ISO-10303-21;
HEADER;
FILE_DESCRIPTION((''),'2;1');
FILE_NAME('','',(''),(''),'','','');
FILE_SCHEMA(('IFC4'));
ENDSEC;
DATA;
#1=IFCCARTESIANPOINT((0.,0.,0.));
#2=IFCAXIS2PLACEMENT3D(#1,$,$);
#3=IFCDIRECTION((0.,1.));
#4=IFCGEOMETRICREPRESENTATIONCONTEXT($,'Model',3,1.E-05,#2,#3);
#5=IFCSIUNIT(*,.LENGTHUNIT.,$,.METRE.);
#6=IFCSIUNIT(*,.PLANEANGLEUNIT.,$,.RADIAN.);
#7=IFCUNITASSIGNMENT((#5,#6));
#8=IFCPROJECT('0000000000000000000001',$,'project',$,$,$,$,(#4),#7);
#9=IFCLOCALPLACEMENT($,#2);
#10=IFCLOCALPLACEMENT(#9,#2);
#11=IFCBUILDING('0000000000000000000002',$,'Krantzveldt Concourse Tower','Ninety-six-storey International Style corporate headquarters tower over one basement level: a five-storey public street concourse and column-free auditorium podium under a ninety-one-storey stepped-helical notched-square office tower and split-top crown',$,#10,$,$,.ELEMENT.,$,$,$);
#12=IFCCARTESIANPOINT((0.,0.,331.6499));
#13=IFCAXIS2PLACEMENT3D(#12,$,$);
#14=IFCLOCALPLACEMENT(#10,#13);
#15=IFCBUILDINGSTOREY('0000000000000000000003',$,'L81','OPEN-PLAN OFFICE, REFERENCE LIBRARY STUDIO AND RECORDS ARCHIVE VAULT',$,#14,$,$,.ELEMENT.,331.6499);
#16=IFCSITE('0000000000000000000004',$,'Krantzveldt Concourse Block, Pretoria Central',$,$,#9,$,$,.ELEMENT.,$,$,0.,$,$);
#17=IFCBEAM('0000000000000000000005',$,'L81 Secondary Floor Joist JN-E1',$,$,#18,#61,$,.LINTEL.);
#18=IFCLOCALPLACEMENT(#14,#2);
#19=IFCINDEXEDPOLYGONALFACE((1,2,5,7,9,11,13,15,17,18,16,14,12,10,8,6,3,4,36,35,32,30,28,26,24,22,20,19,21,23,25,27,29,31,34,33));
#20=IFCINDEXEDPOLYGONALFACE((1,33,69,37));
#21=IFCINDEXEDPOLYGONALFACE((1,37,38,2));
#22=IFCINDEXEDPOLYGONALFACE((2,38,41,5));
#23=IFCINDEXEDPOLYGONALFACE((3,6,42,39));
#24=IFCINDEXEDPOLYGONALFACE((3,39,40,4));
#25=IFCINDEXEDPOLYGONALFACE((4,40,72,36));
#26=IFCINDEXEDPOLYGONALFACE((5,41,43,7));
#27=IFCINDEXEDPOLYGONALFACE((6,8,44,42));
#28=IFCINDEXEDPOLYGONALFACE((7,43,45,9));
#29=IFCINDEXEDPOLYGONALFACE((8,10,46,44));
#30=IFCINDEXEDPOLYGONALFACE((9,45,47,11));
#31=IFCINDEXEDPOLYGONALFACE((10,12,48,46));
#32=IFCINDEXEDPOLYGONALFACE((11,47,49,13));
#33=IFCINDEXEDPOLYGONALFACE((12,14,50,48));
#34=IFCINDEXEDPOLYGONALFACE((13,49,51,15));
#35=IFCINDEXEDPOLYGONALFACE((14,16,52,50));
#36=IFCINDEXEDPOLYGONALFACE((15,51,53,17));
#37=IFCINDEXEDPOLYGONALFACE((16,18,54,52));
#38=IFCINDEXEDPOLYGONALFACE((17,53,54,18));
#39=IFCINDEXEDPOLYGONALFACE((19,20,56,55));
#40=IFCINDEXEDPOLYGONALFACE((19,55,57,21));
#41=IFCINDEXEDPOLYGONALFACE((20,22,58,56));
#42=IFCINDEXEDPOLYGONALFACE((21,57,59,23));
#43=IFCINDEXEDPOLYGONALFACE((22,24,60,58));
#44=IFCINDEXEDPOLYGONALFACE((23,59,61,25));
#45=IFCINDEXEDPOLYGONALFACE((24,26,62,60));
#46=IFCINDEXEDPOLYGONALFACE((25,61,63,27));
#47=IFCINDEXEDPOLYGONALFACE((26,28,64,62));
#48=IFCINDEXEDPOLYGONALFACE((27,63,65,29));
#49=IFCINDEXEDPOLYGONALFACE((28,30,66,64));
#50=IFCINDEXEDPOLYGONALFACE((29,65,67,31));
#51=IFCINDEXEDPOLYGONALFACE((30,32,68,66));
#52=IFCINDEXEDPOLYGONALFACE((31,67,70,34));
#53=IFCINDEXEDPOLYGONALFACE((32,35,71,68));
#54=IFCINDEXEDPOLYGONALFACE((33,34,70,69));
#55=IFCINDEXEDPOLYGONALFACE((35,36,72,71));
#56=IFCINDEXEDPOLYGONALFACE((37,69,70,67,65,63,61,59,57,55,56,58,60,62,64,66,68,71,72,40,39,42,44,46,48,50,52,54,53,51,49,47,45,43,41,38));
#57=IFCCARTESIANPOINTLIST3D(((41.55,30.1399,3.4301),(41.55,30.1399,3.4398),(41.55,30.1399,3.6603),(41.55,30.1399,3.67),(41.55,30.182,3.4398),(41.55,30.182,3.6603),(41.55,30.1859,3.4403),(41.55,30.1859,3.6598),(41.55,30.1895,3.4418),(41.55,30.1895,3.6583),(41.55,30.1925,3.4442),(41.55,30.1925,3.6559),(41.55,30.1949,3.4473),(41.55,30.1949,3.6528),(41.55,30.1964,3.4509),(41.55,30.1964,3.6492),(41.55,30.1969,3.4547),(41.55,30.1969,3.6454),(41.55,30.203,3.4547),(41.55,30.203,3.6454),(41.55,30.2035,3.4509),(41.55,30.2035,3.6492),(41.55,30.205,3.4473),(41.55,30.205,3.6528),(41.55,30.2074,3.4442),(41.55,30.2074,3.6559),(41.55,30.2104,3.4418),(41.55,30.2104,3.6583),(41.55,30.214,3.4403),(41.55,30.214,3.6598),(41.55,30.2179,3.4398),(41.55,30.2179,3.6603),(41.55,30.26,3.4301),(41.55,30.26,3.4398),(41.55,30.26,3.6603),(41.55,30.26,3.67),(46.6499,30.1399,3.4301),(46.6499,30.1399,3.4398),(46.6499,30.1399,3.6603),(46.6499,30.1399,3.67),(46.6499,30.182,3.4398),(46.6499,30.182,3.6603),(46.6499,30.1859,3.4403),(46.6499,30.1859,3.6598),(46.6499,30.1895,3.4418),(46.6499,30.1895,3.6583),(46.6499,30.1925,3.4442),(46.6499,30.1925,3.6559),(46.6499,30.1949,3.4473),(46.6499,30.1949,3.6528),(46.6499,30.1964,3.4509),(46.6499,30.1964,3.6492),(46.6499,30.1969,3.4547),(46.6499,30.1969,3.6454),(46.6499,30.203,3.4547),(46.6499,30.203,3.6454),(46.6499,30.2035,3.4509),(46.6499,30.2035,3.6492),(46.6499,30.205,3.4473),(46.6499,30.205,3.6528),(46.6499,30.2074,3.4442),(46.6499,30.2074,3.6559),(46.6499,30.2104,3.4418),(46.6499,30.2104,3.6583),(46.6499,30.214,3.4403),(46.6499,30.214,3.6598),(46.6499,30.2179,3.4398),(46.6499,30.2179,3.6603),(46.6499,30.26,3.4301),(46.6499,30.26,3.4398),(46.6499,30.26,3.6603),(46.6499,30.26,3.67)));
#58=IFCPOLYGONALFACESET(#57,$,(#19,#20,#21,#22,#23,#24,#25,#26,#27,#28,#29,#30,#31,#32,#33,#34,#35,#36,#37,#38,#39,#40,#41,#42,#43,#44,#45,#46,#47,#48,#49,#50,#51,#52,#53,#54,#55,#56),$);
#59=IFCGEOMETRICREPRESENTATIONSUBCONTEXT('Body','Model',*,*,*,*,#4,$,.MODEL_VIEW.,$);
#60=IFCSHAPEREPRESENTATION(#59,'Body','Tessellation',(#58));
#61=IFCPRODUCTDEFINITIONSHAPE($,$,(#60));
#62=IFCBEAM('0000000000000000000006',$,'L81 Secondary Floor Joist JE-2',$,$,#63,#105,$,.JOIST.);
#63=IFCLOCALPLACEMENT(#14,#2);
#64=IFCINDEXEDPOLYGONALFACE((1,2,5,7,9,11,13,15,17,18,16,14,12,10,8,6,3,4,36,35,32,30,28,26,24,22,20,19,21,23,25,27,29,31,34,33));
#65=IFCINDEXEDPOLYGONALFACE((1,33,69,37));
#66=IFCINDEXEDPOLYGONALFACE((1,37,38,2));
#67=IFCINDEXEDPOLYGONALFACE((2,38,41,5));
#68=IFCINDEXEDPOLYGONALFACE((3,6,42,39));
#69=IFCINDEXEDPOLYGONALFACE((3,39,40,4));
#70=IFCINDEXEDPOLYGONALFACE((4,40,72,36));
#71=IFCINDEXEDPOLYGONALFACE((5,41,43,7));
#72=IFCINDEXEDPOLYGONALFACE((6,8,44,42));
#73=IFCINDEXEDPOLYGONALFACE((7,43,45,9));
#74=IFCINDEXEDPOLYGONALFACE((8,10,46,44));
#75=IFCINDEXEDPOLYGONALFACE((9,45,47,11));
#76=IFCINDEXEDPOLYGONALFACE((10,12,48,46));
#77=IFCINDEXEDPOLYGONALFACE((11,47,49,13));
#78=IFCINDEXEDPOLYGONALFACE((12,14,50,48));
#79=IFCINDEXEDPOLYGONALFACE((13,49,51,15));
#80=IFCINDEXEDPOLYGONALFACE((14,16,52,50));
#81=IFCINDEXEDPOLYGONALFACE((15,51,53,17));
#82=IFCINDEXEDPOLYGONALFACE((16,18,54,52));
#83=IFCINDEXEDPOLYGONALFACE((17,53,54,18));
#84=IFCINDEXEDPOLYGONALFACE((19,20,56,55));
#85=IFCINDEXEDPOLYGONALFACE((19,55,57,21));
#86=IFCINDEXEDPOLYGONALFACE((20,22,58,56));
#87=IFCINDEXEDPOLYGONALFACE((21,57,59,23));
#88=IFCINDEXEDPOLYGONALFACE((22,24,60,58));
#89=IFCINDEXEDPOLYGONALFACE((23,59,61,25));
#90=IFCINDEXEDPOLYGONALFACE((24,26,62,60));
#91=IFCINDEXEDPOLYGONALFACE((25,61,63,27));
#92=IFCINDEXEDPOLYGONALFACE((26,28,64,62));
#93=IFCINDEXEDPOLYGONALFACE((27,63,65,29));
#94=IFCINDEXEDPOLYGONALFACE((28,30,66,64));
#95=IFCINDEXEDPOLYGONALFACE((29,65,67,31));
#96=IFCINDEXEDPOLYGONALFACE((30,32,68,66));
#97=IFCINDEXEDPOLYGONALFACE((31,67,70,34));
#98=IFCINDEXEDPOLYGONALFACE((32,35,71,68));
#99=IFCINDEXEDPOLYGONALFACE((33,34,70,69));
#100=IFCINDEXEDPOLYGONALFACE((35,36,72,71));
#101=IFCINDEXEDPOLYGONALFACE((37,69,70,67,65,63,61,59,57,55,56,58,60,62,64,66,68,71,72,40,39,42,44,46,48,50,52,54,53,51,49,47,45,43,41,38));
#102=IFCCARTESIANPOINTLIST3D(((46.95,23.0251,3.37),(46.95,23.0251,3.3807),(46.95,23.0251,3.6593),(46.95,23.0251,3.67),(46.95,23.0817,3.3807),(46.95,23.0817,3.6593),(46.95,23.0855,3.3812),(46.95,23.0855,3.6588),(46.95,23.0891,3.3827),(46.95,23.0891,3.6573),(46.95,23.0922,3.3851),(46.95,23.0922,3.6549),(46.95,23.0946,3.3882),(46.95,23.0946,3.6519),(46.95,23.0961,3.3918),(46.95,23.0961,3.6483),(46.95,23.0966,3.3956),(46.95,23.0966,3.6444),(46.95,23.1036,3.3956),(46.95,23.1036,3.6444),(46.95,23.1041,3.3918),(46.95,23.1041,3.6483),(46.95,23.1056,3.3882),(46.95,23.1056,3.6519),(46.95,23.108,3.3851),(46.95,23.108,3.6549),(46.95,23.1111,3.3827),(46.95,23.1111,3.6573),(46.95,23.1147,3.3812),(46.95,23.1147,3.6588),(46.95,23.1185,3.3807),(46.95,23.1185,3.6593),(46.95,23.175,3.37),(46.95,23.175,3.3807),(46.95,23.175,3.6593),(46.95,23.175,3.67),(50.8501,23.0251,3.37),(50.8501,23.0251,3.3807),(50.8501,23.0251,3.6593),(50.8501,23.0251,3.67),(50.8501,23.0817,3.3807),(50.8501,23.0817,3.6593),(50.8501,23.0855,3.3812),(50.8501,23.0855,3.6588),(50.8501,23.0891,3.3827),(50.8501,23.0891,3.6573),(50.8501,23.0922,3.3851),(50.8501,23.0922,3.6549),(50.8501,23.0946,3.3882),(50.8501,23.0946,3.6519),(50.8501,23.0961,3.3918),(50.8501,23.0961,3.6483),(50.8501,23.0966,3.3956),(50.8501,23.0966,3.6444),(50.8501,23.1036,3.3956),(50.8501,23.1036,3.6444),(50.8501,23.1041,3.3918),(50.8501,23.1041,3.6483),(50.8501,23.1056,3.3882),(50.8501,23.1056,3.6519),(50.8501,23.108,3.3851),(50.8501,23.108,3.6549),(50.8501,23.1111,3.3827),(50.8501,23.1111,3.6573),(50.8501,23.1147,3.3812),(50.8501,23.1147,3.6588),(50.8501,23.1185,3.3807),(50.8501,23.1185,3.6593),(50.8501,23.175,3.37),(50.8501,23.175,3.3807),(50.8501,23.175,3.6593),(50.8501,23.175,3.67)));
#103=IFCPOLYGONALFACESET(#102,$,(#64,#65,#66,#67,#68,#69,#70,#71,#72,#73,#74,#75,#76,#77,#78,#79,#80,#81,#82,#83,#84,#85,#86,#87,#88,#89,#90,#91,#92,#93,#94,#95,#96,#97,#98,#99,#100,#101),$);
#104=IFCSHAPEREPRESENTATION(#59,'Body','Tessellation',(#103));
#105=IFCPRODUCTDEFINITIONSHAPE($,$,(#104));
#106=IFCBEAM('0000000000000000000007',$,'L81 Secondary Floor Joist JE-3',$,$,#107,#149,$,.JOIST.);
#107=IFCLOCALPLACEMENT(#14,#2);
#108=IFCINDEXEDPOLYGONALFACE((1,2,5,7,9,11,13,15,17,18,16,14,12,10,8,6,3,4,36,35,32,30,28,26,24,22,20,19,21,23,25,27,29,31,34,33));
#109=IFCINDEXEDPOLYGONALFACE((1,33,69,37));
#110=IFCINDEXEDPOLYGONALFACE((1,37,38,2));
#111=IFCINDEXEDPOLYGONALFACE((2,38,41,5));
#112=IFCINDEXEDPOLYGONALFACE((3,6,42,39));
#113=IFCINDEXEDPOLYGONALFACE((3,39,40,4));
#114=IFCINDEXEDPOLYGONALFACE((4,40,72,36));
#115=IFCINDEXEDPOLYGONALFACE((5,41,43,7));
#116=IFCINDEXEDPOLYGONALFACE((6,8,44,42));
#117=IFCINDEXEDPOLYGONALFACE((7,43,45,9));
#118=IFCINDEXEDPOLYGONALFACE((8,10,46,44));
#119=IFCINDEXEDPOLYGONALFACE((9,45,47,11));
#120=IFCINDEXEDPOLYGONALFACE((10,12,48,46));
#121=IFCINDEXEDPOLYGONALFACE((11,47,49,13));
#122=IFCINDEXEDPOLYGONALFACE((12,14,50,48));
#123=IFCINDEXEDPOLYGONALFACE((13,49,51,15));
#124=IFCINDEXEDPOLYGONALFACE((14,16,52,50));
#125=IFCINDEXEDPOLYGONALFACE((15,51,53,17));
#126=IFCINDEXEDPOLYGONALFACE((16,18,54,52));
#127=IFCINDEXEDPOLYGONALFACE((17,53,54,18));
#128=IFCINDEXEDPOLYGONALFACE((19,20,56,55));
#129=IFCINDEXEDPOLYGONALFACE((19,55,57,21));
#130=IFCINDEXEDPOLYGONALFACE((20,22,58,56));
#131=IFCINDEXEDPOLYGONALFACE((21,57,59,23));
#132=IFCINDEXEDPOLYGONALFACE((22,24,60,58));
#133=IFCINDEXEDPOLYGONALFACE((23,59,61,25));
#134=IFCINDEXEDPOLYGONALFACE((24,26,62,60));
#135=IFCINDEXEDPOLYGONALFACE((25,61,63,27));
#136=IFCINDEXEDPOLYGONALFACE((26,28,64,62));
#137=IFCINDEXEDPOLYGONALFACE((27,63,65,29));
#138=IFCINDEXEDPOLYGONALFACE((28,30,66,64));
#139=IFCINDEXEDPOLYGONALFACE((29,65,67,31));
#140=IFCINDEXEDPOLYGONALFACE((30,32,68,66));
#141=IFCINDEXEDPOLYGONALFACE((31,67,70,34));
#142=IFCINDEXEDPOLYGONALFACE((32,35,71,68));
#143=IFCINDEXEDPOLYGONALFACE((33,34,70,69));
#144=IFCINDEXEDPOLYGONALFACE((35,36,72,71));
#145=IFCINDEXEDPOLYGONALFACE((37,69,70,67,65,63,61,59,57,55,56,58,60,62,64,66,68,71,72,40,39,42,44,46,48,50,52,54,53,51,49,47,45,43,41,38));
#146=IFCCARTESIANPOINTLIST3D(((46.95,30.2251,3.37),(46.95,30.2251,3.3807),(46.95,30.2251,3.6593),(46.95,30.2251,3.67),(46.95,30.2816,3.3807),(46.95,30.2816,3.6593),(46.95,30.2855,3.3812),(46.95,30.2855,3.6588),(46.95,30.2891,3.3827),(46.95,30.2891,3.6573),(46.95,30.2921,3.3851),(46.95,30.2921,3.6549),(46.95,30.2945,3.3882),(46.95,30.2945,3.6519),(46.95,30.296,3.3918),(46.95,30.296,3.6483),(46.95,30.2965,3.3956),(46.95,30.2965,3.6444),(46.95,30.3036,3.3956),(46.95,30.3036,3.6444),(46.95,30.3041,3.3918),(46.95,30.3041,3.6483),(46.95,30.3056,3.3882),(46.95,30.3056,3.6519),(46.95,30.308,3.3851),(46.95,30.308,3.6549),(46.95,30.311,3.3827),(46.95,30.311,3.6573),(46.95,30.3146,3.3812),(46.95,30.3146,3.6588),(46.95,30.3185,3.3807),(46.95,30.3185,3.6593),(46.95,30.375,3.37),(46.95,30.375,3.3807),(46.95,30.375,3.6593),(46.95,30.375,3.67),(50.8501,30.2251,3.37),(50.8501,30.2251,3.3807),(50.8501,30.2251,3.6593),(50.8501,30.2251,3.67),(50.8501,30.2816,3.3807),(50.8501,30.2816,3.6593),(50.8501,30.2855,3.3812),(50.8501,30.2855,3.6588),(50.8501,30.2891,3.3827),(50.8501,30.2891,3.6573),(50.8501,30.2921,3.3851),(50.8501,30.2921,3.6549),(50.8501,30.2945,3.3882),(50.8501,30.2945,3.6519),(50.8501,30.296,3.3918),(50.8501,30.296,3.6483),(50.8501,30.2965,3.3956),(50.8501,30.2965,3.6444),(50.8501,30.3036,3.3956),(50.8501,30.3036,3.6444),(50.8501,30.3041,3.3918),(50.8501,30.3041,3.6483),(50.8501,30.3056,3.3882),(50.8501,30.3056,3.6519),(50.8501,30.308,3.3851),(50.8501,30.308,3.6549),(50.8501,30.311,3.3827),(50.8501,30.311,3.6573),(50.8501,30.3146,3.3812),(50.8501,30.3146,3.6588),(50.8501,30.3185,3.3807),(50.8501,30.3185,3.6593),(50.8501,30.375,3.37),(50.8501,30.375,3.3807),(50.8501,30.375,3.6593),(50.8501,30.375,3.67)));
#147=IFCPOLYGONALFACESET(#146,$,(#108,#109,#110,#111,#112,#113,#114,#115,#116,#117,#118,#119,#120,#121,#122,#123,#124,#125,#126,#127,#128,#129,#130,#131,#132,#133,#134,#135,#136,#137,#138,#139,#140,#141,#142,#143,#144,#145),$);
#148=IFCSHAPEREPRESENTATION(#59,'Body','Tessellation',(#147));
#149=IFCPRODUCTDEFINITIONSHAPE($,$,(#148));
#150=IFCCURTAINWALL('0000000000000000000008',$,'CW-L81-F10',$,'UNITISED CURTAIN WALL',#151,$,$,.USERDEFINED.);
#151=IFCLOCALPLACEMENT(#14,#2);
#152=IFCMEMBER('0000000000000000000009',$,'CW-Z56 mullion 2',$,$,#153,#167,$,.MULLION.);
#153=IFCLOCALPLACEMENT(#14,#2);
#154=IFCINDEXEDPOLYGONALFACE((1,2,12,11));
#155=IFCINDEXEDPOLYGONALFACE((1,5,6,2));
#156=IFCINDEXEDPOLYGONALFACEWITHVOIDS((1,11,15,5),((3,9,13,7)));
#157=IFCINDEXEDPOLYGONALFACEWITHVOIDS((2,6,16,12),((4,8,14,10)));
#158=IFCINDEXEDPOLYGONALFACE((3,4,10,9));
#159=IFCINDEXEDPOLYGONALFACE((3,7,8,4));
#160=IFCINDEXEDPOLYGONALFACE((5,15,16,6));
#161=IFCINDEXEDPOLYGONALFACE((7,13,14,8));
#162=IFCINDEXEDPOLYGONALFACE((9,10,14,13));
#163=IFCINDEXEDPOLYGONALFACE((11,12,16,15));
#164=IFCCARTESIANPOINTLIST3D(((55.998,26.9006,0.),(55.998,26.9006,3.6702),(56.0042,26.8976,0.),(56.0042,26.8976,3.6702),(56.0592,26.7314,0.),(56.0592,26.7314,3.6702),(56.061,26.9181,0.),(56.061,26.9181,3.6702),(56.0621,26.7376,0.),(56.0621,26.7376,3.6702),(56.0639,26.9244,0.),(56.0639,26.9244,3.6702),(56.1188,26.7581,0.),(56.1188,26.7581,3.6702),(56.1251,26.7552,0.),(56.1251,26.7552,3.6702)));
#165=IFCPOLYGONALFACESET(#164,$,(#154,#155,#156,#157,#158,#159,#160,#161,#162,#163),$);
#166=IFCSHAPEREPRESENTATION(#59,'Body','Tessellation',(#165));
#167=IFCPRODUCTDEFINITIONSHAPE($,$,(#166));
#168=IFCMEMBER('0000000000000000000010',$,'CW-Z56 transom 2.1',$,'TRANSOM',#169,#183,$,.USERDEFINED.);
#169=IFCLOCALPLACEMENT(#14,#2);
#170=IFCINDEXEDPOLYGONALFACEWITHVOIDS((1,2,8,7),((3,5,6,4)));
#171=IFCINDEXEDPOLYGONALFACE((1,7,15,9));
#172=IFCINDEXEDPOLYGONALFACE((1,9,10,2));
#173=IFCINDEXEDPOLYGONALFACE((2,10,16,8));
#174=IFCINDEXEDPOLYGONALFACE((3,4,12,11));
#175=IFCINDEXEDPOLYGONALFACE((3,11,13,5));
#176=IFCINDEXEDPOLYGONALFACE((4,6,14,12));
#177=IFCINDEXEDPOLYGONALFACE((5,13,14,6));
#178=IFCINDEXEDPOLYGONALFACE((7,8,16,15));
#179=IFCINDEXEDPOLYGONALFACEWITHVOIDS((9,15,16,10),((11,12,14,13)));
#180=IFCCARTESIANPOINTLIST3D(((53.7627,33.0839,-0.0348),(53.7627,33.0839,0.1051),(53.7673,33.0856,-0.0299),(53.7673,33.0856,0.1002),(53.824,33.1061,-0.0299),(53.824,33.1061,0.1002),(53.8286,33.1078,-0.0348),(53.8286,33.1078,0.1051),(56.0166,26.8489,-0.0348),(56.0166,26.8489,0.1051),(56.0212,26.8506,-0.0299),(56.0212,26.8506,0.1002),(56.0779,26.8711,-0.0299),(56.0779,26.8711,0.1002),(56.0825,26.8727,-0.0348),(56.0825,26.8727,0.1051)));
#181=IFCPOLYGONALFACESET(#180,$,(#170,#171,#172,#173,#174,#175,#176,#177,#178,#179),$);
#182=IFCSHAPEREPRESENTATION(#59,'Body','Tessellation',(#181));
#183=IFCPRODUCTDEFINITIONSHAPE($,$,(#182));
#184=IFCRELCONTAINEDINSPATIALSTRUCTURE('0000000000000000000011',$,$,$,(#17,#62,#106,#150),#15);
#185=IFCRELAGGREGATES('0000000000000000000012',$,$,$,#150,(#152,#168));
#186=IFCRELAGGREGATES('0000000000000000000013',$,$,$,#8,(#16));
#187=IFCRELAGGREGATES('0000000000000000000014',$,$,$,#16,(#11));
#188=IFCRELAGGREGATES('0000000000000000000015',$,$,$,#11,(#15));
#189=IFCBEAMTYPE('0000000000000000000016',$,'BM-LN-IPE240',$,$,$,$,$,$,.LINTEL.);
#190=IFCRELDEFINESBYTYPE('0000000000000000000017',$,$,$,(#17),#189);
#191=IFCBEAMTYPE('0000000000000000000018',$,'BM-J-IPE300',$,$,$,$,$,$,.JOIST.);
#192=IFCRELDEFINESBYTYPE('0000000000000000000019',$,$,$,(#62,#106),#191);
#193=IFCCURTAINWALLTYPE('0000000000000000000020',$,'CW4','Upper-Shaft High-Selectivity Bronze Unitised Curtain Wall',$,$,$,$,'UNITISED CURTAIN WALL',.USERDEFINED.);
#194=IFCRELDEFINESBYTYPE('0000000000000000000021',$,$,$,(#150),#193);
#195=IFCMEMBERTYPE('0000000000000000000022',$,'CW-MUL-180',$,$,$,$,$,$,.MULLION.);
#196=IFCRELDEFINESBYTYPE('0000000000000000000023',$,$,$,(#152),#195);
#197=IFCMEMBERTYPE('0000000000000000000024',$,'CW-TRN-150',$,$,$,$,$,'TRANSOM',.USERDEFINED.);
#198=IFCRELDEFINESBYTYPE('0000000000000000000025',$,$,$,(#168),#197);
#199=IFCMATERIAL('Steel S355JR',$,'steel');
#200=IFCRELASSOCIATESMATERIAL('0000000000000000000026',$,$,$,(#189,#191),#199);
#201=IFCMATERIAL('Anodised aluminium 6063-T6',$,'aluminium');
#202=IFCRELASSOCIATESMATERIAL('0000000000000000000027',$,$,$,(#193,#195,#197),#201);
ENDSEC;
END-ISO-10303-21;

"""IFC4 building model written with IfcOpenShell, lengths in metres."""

from ifc_helpers import new_model, si_unit, direction, frame, origin, origin_2d, place, context, subcontext, project, spatial, hollow_rectangle, i_section, extrude, source, transform, mapped, material, material_profile, profile_set, type_object, type_shapes, element, aggregate, save


model = new_model("IFC4")

# Units and contexts
model_context = context("Model", 3, precision=1e-05, world=origin(), true_north=direction((0.0, 1.0)))
body_context = subcontext(model_context, "Body", "Model", "MODEL_VIEW")
ifc_project = project(units=[si_unit("LENGTHUNIT", "METRE"), si_unit("PLANEANGLEUNIT", "RADIAN")], contexts=[model_context])

# Site, building, storey
site_placement = place(None, origin())
site = spatial("IfcSite", under=ifc_project, at=site_placement, Name="Krantzveldt Concourse Block, Pretoria Central", CompositionType="ELEMENT", RefElevation=0.0)
building_placement = place(site_placement, origin())
building = spatial("IfcBuilding", under=site, at=building_placement, Name="Krantzveldt Concourse Tower", Description="Ninety-six-storey International Style corporate headquarters tower over one basement level: a five-storey public street concourse and column-free auditorium podium under a ninety-one-storey stepped-helical notched-square office tower and split-top crown", CompositionType="ELEMENT")
storey_placement = place(building_placement, frame((0.0, 0.0, 331.6499)))
storey = spatial("IfcBuildingStorey", under=building, at=storey_placement, Name="L81", Description="OPEN-PLAN OFFICE, REFERENCE LIBRARY STUDIO AND RECORDS ARCHIVE VAULT", CompositionType="ELEMENT", Elevation=331.6499)

# Beams
ifc_material_1 = material(Name="Steel S355JR", Category="steel")
ifc_material_profile_1 = material_profile(ifc_material_1, i_section(OverallWidth=0.1201, OverallDepth=0.24, WebThickness=0.0061, FlangeThickness=0.0098, FilletRadius=0.0149, at=origin_2d()), Name="Steel S355JR", Category="steel")
ifc_profile_set_1 = profile_set([ifc_material_profile_1], Name="Steel S355JR - IPE 240")
beam_type_1 = type_object("IfcBeamType", Name="BM-LN-IPE240", PredefinedType="LINTEL", material=ifc_profile_set_1)
shared_shape_1 = source(origin(), body_context, "Body", "SweptSolid", [
    extrude(i_section(OverallWidth=0.1201, OverallDepth=0.24, WebThickness=0.0061, FlangeThickness=0.0098, FilletRadius=0.0149, at=origin_2d()), origin(), (0.0, 0.0, 1.0), 5.0999),
])
type_shapes(beam_type_1, [shared_shape_1])
beam_1_placement = place(storey_placement, frame((41.55, 30.2, 3.55), z_axis=(1.0, 0.0, 0.0), x_axis=(0.0, 1.0, 0.0)))
element("IfcBeam", 1, at=beam_1_placement, inside=storey, type_object=beam_type_1, Name="L81 Secondary Floor Joist JN-E1", PredefinedType="LINTEL", context=body_context, shape_type="MappedRepresentation", body=[
    mapped(shared_shape_1, transform((0.0, 0.0, 0.0), x_axis=(1.0, 0.0, 0.0), y_axis=(0.0, 1.0, 0.0), z_axis=(0.0, 0.0, 1.0), scale=1.0)),
])
ifc_material_profile_2 = material_profile(ifc_material_1, i_section(OverallWidth=0.1499, OverallDepth=0.3, WebThickness=0.0071, FlangeThickness=0.0107, FilletRadius=0.0149, at=origin_2d()), Name="Steel S355JR", Category="steel")
ifc_profile_set_2 = profile_set([ifc_material_profile_2], Name="Steel S355JR - IPE 300")
beam_type_2 = type_object("IfcBeamType", Name="BM-J-IPE300", PredefinedType="JOIST", material=ifc_profile_set_2)
shared_shape_2 = source(origin(), body_context, "Body", "SweptSolid", [
    extrude(i_section(OverallWidth=0.1499, OverallDepth=0.3, WebThickness=0.0071, FlangeThickness=0.0107, FilletRadius=0.0149, at=origin_2d()), origin(), (0.0, 0.0, 1.0), 3.9001),
])
type_shapes(beam_type_2, [shared_shape_2])
for number, where, z_axis, x_axis, name in (
    (2, (46.95, 23.1001, 3.52), (1.0, 0.0, 0.0), (0.0, 1.0, 0.0), "L81 Secondary Floor Joist JE-2"),
    (3, (46.95, 30.3, 3.52), (1.0, 0.0, 0.0), (0.0, 1.0, 0.0), "L81 Secondary Floor Joist JE-3"),
):
    element("IfcBeam", number, at=place(storey_placement, frame(where, z_axis=z_axis, x_axis=x_axis)), inside=storey, type_object=beam_type_2, Name=name, PredefinedType="JOIST", context=body_context, shape_type="MappedRepresentation", body=[
        mapped(shared_shape_2, transform((0.0, 0.0, 0.0), x_axis=(1.0, 0.0, 0.0), y_axis=(0.0, 1.0, 0.0), z_axis=(0.0, 0.0, 1.0), scale=1.0)),
    ])

# Curtain wall, members
ifc_material_2 = material(Name="Anodised aluminium 6063-T6", Category="aluminium")
curtain_wall_type = type_object("IfcCurtainWallType", Name="CW4", Description="Upper-Shaft High-Selectivity Bronze Unitised Curtain Wall", ElementType="UNITISED CURTAIN WALL", PredefinedType="USERDEFINED", material=ifc_material_2)
curtain_wall_placement = place(storey_placement, origin())
curtain_wall = element("IfcCurtainWall", 4, at=curtain_wall_placement, inside=storey, type_object=curtain_wall_type, Name="CW-L81-F10", ObjectType="UNITISED CURTAIN WALL", PredefinedType="USERDEFINED")
ifc_material_profile_3 = material_profile(ifc_material_2, hollow_rectangle(XDim=0.0701, YDim=0.1799, WallThickness=0.0049, at=origin_2d()), Name="Anodised aluminium 6063-T6", Category="aluminium")
ifc_profile_set_3 = profile_set([ifc_material_profile_3], Name="Anodised aluminium 6063-T6 - ALU-MULL 180x70x5")
member_type_1 = type_object("IfcMemberType", Name="CW-MUL-180", PredefinedType="MULLION", material=ifc_profile_set_3)
shared_shape_3 = source(origin(), body_context, "Body", "SweptSolid", [
    extrude(hollow_rectangle(XDim=0.0701, YDim=0.1799, WallThickness=0.0049, at=origin_2d()), origin(), (0.0, 0.0, 1.0), 3.6702),
])
type_shapes(member_type_1, [shared_shape_3])
member_1_placement = place(storey_placement, frame((56.0615, 26.8279, 0.0), z_axis=(0.0, 0.0, 1.0), x_axis=(-0.940437, -0.339969, 0.0)))
member_1 = element("IfcMember", 5, at=member_1_placement, type_object=member_type_1, Name="CW-Z56 mullion 2", PredefinedType="MULLION", context=body_context, shape_type="MappedRepresentation", body=[
    mapped(shared_shape_3, transform((0.0, 0.0, 0.0), x_axis=(1.0, 0.0, 0.0), y_axis=(0.0, 1.0, 0.0), z_axis=(0.0, 0.0, 1.0), scale=1.0)),
])
ifc_material_profile_4 = material_profile(ifc_material_2, hollow_rectangle(XDim=0.0701, YDim=0.1399, WallThickness=0.0049, at=origin_2d()), Name="Anodised aluminium 6063-T6", Category="aluminium")
ifc_profile_set_4 = profile_set([ifc_material_profile_4], Name="Anodised aluminium 6063-T6 - ALU-TRAN 140x70x5")
member_type_2 = type_object("IfcMemberType", Name="CW-TRN-150", ElementType="TRANSOM", PredefinedType="USERDEFINED", material=ifc_profile_set_4)
shared_shape_4 = source(origin(), body_context, "Body", "SweptSolid", [
    extrude(hollow_rectangle(XDim=0.0701, YDim=0.1399, WallThickness=0.0049, at=origin_2d()), origin(), (0.0, 0.0, 1.0), 6.6299),
])
type_shapes(member_type_2, [shared_shape_4])
member_2_placement = place(storey_placement, frame((56.0496, 26.8608, 0.0352), z_axis=(-0.339957, 0.940441, 0.0), x_axis=(-0.940441, -0.339957, 0.0)))
member_2 = element("IfcMember", 6, at=member_2_placement, type_object=member_type_2, Name="CW-Z56 transom 2.1", ObjectType="TRANSOM", PredefinedType="USERDEFINED", context=body_context, shape_type="MappedRepresentation", body=[
    mapped(shared_shape_4, transform((0.0, 0.0, 0.0), x_axis=(1.0, 0.0, 0.0), y_axis=(0.0, 1.0, 0.0), z_axis=(0.0, 0.0, 1.0), scale=1.0)),
])
aggregate(curtain_wall, [member_1, member_2])

save(model, "model.ifc")
